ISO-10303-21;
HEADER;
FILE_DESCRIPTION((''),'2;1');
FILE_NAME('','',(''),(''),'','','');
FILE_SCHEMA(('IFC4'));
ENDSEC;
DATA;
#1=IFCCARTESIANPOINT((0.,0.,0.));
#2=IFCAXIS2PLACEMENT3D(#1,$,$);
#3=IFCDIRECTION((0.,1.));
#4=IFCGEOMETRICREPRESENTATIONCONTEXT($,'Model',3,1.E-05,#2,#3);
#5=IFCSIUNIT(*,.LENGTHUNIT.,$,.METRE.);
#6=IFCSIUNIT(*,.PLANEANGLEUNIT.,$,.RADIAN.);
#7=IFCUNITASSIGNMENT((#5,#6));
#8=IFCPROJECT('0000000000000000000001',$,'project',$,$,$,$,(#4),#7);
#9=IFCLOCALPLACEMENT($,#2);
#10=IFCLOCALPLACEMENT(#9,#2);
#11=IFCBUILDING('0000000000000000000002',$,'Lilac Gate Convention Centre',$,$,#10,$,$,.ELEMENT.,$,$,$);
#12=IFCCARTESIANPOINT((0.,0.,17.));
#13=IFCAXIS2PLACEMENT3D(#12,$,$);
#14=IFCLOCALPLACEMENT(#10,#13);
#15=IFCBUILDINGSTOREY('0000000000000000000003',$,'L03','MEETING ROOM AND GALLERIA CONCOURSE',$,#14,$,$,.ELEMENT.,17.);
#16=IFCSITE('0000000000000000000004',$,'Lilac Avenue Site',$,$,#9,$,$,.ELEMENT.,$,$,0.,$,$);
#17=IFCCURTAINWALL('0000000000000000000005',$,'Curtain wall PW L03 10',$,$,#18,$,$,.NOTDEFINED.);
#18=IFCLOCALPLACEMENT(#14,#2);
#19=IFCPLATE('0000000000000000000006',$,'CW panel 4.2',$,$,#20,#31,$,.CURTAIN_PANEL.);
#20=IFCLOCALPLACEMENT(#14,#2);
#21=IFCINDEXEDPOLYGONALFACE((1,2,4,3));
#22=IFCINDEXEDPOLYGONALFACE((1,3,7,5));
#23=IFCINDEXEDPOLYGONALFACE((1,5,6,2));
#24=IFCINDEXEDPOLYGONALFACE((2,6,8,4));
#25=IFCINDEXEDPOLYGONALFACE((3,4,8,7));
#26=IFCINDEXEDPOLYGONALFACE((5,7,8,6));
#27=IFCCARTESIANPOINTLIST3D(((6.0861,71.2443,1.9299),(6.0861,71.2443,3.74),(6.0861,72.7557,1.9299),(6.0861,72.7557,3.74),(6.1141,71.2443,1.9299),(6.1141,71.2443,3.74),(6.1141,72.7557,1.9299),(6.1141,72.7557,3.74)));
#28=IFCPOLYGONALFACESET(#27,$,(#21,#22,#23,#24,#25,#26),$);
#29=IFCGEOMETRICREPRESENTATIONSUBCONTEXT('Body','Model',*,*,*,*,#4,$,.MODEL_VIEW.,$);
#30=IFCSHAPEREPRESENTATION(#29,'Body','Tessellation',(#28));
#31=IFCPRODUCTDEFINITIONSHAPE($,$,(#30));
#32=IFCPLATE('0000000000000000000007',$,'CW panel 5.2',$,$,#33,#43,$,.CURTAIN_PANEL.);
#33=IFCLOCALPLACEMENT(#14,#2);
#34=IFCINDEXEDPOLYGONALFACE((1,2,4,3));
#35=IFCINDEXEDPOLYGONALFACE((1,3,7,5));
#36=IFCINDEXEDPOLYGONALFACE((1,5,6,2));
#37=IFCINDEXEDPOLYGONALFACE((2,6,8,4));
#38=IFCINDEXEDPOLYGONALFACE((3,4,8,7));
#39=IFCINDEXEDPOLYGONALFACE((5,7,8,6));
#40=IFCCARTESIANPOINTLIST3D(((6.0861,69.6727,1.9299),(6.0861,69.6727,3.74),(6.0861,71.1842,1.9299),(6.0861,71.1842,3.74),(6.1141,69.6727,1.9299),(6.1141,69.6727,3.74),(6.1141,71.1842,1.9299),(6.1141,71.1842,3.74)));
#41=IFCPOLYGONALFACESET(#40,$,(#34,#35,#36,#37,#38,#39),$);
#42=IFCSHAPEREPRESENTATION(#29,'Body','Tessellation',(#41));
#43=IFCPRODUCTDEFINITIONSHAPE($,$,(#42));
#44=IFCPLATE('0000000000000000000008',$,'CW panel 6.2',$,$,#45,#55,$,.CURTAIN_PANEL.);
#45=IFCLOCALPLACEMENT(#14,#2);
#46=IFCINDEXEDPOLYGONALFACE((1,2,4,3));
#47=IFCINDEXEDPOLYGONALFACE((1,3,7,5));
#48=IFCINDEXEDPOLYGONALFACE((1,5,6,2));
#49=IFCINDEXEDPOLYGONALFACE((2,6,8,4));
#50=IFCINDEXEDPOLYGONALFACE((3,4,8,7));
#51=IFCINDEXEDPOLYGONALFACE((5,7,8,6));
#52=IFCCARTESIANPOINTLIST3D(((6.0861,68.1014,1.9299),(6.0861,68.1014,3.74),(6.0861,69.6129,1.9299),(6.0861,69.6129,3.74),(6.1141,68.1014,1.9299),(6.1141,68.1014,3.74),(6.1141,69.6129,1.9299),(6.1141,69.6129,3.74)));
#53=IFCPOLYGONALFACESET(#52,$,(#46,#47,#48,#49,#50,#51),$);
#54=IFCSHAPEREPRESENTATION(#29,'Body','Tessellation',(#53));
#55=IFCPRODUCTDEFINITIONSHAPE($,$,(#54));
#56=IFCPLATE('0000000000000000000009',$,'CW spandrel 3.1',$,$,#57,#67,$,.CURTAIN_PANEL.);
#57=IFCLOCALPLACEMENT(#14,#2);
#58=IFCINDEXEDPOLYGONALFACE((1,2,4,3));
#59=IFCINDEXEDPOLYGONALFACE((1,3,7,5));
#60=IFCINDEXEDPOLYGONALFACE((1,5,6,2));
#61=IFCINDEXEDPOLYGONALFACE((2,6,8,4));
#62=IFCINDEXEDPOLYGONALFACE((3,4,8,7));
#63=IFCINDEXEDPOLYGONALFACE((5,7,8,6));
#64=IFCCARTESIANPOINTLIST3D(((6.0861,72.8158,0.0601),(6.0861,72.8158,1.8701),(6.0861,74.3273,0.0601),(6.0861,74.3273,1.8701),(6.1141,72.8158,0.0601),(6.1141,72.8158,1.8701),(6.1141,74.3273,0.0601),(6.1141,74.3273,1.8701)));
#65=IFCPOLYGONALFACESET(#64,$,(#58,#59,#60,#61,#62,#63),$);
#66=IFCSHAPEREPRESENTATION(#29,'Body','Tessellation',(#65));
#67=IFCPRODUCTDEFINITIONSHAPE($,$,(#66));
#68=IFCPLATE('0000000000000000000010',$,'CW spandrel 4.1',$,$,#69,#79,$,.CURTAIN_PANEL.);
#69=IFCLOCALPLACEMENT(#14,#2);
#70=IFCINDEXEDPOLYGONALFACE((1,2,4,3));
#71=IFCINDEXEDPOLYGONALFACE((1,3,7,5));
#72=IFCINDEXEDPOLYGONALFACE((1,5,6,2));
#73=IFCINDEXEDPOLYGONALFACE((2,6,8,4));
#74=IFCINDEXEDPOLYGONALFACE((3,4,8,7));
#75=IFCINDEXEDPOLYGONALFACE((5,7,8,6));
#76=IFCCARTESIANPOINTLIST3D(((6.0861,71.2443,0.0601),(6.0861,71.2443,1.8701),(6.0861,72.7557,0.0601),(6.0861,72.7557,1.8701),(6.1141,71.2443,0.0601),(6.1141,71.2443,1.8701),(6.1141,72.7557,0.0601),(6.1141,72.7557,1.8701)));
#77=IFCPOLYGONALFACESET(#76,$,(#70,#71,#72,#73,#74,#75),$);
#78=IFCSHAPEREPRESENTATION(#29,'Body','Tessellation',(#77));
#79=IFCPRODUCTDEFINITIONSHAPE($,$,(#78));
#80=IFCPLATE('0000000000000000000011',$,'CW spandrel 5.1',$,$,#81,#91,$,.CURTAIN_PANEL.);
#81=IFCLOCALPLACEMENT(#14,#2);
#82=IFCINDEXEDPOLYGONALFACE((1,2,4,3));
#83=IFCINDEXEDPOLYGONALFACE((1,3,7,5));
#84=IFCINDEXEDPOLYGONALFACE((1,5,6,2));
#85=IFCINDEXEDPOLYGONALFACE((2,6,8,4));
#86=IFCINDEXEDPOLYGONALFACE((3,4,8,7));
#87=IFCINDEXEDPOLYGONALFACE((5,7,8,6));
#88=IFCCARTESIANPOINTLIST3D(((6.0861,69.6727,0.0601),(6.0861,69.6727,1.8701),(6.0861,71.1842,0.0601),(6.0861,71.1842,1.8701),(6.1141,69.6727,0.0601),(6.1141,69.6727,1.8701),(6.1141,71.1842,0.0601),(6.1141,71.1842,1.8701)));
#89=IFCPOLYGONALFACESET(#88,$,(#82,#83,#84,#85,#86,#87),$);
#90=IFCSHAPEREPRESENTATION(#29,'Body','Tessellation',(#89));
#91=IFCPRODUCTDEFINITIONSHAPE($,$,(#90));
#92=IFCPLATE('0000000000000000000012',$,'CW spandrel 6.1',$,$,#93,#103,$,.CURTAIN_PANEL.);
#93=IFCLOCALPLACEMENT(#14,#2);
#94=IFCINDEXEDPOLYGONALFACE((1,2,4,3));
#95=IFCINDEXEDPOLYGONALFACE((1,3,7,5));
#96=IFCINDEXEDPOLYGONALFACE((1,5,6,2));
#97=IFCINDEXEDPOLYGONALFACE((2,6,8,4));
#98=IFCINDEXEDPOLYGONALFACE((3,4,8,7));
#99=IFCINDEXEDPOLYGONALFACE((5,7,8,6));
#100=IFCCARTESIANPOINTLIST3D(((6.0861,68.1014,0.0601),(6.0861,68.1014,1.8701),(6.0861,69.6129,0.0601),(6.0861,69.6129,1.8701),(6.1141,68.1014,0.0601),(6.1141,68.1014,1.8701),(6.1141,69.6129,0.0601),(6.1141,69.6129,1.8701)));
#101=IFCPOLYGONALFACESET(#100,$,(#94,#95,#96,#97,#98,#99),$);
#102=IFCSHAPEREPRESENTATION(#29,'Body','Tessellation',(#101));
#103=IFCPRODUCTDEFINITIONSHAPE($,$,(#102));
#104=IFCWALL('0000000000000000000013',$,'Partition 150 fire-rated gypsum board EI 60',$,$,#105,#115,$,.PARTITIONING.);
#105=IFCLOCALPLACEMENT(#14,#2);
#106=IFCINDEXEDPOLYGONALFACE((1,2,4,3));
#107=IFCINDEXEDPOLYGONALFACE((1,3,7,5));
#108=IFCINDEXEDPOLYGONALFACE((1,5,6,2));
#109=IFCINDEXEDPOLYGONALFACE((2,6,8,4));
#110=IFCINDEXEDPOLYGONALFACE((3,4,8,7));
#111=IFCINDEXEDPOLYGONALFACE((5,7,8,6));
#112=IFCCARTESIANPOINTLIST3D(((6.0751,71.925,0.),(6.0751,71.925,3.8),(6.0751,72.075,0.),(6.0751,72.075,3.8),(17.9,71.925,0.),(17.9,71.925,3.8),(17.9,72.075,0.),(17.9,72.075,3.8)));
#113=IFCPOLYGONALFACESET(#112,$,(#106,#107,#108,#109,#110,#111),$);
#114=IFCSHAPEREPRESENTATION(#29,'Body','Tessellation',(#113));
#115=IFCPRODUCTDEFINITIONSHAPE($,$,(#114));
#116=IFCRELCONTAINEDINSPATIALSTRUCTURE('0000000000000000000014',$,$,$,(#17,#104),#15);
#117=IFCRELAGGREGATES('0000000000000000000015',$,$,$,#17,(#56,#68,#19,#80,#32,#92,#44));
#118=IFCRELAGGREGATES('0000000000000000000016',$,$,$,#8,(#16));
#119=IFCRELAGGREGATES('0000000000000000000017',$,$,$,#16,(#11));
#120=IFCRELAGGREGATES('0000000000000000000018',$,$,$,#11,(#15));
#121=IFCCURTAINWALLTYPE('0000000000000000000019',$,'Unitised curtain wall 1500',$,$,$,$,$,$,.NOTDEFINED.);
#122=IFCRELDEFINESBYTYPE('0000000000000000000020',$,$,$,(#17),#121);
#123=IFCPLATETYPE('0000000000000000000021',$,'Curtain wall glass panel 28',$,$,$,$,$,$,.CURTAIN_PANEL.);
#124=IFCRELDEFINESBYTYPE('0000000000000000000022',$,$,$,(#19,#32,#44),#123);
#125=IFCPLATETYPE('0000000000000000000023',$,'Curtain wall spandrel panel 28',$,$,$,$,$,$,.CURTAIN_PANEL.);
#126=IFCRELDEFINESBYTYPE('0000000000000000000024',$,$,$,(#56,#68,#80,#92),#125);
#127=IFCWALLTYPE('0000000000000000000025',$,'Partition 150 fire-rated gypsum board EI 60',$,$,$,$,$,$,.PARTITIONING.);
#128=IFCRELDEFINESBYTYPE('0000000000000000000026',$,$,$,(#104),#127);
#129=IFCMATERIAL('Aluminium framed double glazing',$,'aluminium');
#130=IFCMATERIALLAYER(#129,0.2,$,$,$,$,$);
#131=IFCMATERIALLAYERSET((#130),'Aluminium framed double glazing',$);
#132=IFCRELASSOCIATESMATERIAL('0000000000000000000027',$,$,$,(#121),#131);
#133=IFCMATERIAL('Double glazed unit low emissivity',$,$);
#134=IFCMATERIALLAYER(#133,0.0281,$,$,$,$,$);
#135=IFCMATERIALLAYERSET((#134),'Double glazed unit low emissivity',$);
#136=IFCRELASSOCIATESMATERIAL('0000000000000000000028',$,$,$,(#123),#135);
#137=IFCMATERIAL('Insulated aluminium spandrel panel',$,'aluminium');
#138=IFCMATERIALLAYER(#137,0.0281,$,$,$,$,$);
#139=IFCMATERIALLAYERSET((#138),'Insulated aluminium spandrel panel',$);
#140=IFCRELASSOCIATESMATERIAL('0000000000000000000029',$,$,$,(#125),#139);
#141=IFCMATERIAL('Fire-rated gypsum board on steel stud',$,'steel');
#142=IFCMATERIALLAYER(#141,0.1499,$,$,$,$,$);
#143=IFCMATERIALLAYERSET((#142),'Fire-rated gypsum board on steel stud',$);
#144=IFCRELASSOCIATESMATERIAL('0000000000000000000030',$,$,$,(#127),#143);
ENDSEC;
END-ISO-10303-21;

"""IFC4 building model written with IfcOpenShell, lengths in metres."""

from ifc_helpers import new_model, si_unit, direction, frame, frame_2d, origin, origin_2d, place, context, subcontext, project, spatial, rectangle, extrude, material, layer, layer_set, type_object, element, aggregate, save


model = new_model("IFC4")

# Units and contexts
model_context = context("Model", 3, precision=1e-05, world=origin(), true_north=direction((0.0, 1.0)))
body_context = subcontext(model_context, "Body", "Model", "MODEL_VIEW")
ifc_project = project(units=[si_unit("LENGTHUNIT", "METRE"), si_unit("PLANEANGLEUNIT", "RADIAN")], contexts=[model_context])

# Site, building, storey
site_placement = place(None, origin())
site = spatial("IfcSite", under=ifc_project, at=site_placement, Name="Lilac Avenue Site", CompositionType="ELEMENT", RefElevation=0.0)
building_placement = place(site_placement, origin())
building = spatial("IfcBuilding", under=site, at=building_placement, Name="Lilac Gate Convention Centre", CompositionType="ELEMENT")
storey_placement = place(building_placement, frame((0.0, 0.0, 17.0)))
storey = spatial("IfcBuildingStorey", under=building, at=storey_placement, Name="L03", Description="MEETING ROOM AND GALLERIA CONCOURSE", CompositionType="ELEMENT", Elevation=17.0)

# Curtain wall, plates
ifc_material_1 = material(Name="Aluminium framed double glazing", Category="aluminium")
ifc_layer_1 = layer(ifc_material_1, 0.2)
ifc_layer_set_1 = layer_set([ifc_layer_1], Name="Aluminium framed double glazing")
curtain_wall_type = type_object("IfcCurtainWallType", Name="Unitised curtain wall 1500", PredefinedType="NOTDEFINED", material=ifc_layer_set_1)
curtain_wall_placement = place(storey_placement, origin())
curtain_wall = element("IfcCurtainWall", 1, at=curtain_wall_placement, inside=storey, type_object=curtain_wall_type, Name="Curtain wall PW L03 10", PredefinedType="NOTDEFINED")
ifc_material_2 = material(Name="Double glazed unit low emissivity")
ifc_layer_2 = layer(ifc_material_2, 0.0281)
ifc_layer_set_2 = layer_set([ifc_layer_2], Name="Double glazed unit low emissivity")
plate_type_1 = type_object("IfcPlateType", Name="Curtain wall glass panel 28", PredefinedType="CURTAIN_PANEL", material=ifc_layer_set_2)
plate_1_placement = place(storey_placement, frame((6.1001, 72.0, 1.9299), z_axis=(0.0, 0.0, 1.0), x_axis=(0.0, -1.0, 0.0)))
plate_1 = element("IfcPlate", 2, at=plate_1_placement, type_object=plate_type_1, Name="CW panel 4.2", PredefinedType="CURTAIN_PANEL", context=body_context, shape_type="SweptSolid", body=[
    extrude(rectangle(XDim=1.5115, YDim=0.0281, at=origin_2d()), origin(), (0.0, 0.0, 1.0), 1.8101),
])
plate_2_placement = place(storey_placement, frame((6.1001, 70.4285, 1.9299), z_axis=(0.0, 0.0, 1.0), x_axis=(0.0, -1.0, 0.0)))
plate_2 = element("IfcPlate", 3, at=plate_2_placement, type_object=plate_type_1, Name="CW panel 5.2", PredefinedType="CURTAIN_PANEL", context=body_context, shape_type="SweptSolid", body=[
    extrude(rectangle(XDim=1.5115, YDim=0.0281, at=origin_2d()), origin(), (0.0, 0.0, 1.0), 1.8101),
])
plate_3_placement = place(storey_placement, frame((6.1001, 68.8572, 1.9299), z_axis=(0.0, 0.0, 1.0), x_axis=(0.0, -1.0, 0.0)))
plate_3 = element("IfcPlate", 4, at=plate_3_placement, type_object=plate_type_1, Name="CW panel 6.2", PredefinedType="CURTAIN_PANEL", context=body_context, shape_type="SweptSolid", body=[
    extrude(rectangle(XDim=1.5115, YDim=0.0281, at=origin_2d()), origin(), (0.0, 0.0, 1.0), 1.8101),
])
ifc_material_3 = material(Name="Insulated aluminium spandrel panel", Category="aluminium")
ifc_layer_3 = layer(ifc_material_3, 0.0281)
ifc_layer_set_3 = layer_set([ifc_layer_3], Name="Insulated aluminium spandrel panel")
plate_type_2 = type_object("IfcPlateType", Name="Curtain wall spandrel panel 28", PredefinedType="CURTAIN_PANEL", material=ifc_layer_set_3)
plate_4_placement = place(storey_placement, frame((6.1001, 73.5715, 0.0601), z_axis=(0.0, 0.0, 1.0), x_axis=(0.0, -1.0, 0.0)))
plate_4 = element("IfcPlate", 5, at=plate_4_placement, type_object=plate_type_2, Name="CW spandrel 3.1", PredefinedType="CURTAIN_PANEL", context=body_context, shape_type="SweptSolid", body=[
    extrude(rectangle(XDim=1.5115, YDim=0.0281, at=origin_2d()), origin(), (0.0, 0.0, 1.0), 1.8101),
])
plate_5_placement = place(storey_placement, frame((6.1001, 72.0, 0.0601), z_axis=(0.0, 0.0, 1.0), x_axis=(0.0, -1.0, 0.0)))
plate_5 = element("IfcPlate", 6, at=plate_5_placement, type_object=plate_type_2, Name="CW spandrel 4.1", PredefinedType="CURTAIN_PANEL", context=body_context, shape_type="SweptSolid", body=[
    extrude(rectangle(XDim=1.5115, YDim=0.0281, at=origin_2d()), origin(), (0.0, 0.0, 1.0), 1.8101),
])
plate_6_placement = place(storey_placement, frame((6.1001, 70.4285, 0.0601), z_axis=(0.0, 0.0, 1.0), x_axis=(0.0, -1.0, 0.0)))
plate_6 = element("IfcPlate", 7, at=plate_6_placement, type_object=plate_type_2, Name="CW spandrel 5.1", PredefinedType="CURTAIN_PANEL", context=body_context, shape_type="SweptSolid", body=[
    extrude(rectangle(XDim=1.5115, YDim=0.0281, at=origin_2d()), origin(), (0.0, 0.0, 1.0), 1.8101),
])
plate_7_placement = place(storey_placement, frame((6.1001, 68.8572, 0.0601), z_axis=(0.0, 0.0, 1.0), x_axis=(0.0, -1.0, 0.0)))
plate_7 = element("IfcPlate", 8, at=plate_7_placement, type_object=plate_type_2, Name="CW spandrel 6.1", PredefinedType="CURTAIN_PANEL", context=body_context, shape_type="SweptSolid", body=[
    extrude(rectangle(XDim=1.5115, YDim=0.0281, at=origin_2d()), origin(), (0.0, 0.0, 1.0), 1.8101),
])
aggregate(curtain_wall, [plate_4, plate_5, plate_1, plate_6, plate_2, plate_7, plate_3])

# Wall
ifc_material_4 = material(Name="Fire-rated gypsum board on steel stud", Category="steel")
ifc_layer_4 = layer(ifc_material_4, 0.1499)
ifc_layer_set_4 = layer_set([ifc_layer_4], Name="Fire-rated gypsum board on steel stud")
wall_type = type_object("IfcWallType", Name="Partition 150 fire-rated gypsum board EI 60", PredefinedType="PARTITIONING", material=ifc_layer_set_4)
wall_placement = place(storey_placement, frame((6.075, 72.0, 0.0), z_axis=(0.0, 0.0, 1.0), x_axis=(1.0, 0.0, 0.0)))
element("IfcWall", 9, at=wall_placement, inside=storey, type_object=wall_type, Name="Partition 150 fire-rated gypsum board EI 60", PredefinedType="PARTITIONING", context=body_context, shape_type="SweptSolid", body=[
    extrude(rectangle(XDim=11.825, YDim=0.1499, at=frame_2d((5.9126, 0.0))), origin(), (0.0, 0.0, 1.0), 3.8),
])

save(model, "model.ifc")
